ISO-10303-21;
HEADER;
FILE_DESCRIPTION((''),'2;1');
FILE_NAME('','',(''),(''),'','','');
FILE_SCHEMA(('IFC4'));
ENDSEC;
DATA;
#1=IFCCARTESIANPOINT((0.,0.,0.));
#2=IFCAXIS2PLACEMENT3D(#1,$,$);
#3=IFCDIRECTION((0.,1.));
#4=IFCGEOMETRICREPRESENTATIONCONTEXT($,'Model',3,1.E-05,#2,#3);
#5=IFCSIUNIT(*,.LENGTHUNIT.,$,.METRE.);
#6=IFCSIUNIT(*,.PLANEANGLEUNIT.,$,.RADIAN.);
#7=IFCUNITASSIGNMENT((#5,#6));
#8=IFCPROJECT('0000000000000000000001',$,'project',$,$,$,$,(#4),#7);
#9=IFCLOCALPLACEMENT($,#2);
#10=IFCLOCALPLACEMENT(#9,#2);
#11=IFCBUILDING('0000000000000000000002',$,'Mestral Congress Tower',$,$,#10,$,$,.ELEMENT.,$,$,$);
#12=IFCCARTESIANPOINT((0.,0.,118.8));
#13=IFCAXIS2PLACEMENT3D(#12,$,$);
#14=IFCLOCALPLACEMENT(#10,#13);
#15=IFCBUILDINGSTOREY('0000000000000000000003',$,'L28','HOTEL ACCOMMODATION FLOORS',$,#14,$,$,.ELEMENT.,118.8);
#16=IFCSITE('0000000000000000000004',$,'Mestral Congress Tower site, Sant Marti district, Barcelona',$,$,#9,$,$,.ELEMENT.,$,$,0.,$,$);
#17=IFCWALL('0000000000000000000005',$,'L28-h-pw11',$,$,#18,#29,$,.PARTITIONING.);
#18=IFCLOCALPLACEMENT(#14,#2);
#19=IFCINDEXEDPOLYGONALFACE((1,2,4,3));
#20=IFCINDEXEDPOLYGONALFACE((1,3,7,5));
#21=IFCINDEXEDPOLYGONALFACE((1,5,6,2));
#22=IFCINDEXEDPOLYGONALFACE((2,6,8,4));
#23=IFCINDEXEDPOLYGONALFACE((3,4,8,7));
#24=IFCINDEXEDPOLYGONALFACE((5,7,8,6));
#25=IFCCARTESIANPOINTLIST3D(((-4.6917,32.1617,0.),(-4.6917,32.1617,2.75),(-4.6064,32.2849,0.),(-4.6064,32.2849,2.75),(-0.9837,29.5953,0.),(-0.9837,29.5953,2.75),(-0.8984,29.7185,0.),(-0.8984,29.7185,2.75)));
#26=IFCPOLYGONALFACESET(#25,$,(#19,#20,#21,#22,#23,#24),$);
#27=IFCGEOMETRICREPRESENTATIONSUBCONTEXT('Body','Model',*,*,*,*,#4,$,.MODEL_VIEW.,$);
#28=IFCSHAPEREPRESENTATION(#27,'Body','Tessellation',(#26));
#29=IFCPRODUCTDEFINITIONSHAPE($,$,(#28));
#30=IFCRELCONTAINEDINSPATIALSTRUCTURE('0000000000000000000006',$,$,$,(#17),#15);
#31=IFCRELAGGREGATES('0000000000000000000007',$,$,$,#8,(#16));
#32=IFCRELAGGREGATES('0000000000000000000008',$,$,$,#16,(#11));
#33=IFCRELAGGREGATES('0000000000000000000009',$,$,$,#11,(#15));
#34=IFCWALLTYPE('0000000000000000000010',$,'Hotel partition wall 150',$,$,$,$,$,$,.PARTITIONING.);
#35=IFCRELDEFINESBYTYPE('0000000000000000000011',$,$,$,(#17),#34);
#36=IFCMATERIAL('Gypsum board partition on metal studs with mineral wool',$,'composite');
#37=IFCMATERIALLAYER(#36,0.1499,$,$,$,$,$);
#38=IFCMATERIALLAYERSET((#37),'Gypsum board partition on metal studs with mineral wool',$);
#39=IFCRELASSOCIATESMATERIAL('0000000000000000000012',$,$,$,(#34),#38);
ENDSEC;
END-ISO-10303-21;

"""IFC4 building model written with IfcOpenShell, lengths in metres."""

from ifc_helpers import new_model, si_unit, direction, frame, frame_2d, origin, place, context, subcontext, project, spatial, rectangle, extrude, material, layer, layer_set, type_object, element, save


model = new_model("IFC4")

# Units and contexts
model_context = context("Model", 3, precision=1e-05, world=origin(), true_north=direction((0.0, 1.0)))
body_context = subcontext(model_context, "Body", "Model", "MODEL_VIEW")
ifc_project = project(units=[si_unit("LENGTHUNIT", "METRE"), si_unit("PLANEANGLEUNIT", "RADIAN")], contexts=[model_context])

# Site, building, storey
site_placement = place(None, origin())
site = spatial("IfcSite", under=ifc_project, at=site_placement, Name="Mestral Congress Tower site, Sant Marti district, Barcelona", CompositionType="ELEMENT", RefElevation=0.0)
building_placement = place(site_placement, origin())
building = spatial("IfcBuilding", under=site, at=building_placement, Name="Mestral Congress Tower", CompositionType="ELEMENT")
storey_placement = place(building_placement, frame((0.0, 0.0, 118.8)))
storey = spatial("IfcBuildingStorey", under=building, at=storey_placement, Name="L28", Description="HOTEL ACCOMMODATION FLOORS", CompositionType="ELEMENT", Elevation=118.8)

# Shared definitions
ifc_material_1 = material(Name="Gypsum board partition on metal studs with mineral wool", Category="composite")

# Wall
ifc_layer_1 = layer(ifc_material_1, 0.1499)
ifc_layer_set_1 = layer_set([ifc_layer_1], Name="Gypsum board partition on metal studs with mineral wool")
wall_type_1 = type_object("IfcWallType", Name="Hotel partition wall 150", PredefinedType="PARTITIONING", material=ifc_layer_set_1)
wall_1_placement = place(storey_placement, frame((-4.6492, 32.2234, 0.0), z_axis=(0.0, 0.0, 1.0), x_axis=(0.822262, -0.569109, 0.0)))
element("IfcWall", 1, at=wall_1_placement, inside=storey, type_object=wall_type_1, Name="L28-h-pw11", PredefinedType="PARTITIONING", context=body_context, shape_type="SweptSolid", body=[
    extrude(rectangle(XDim=4.5095, YDim=0.1499, at=frame_2d((2.2549, 0.0))), origin(), (0.0, 0.0, 1.0), 2.75),
])

save(model, "model.ifc")
